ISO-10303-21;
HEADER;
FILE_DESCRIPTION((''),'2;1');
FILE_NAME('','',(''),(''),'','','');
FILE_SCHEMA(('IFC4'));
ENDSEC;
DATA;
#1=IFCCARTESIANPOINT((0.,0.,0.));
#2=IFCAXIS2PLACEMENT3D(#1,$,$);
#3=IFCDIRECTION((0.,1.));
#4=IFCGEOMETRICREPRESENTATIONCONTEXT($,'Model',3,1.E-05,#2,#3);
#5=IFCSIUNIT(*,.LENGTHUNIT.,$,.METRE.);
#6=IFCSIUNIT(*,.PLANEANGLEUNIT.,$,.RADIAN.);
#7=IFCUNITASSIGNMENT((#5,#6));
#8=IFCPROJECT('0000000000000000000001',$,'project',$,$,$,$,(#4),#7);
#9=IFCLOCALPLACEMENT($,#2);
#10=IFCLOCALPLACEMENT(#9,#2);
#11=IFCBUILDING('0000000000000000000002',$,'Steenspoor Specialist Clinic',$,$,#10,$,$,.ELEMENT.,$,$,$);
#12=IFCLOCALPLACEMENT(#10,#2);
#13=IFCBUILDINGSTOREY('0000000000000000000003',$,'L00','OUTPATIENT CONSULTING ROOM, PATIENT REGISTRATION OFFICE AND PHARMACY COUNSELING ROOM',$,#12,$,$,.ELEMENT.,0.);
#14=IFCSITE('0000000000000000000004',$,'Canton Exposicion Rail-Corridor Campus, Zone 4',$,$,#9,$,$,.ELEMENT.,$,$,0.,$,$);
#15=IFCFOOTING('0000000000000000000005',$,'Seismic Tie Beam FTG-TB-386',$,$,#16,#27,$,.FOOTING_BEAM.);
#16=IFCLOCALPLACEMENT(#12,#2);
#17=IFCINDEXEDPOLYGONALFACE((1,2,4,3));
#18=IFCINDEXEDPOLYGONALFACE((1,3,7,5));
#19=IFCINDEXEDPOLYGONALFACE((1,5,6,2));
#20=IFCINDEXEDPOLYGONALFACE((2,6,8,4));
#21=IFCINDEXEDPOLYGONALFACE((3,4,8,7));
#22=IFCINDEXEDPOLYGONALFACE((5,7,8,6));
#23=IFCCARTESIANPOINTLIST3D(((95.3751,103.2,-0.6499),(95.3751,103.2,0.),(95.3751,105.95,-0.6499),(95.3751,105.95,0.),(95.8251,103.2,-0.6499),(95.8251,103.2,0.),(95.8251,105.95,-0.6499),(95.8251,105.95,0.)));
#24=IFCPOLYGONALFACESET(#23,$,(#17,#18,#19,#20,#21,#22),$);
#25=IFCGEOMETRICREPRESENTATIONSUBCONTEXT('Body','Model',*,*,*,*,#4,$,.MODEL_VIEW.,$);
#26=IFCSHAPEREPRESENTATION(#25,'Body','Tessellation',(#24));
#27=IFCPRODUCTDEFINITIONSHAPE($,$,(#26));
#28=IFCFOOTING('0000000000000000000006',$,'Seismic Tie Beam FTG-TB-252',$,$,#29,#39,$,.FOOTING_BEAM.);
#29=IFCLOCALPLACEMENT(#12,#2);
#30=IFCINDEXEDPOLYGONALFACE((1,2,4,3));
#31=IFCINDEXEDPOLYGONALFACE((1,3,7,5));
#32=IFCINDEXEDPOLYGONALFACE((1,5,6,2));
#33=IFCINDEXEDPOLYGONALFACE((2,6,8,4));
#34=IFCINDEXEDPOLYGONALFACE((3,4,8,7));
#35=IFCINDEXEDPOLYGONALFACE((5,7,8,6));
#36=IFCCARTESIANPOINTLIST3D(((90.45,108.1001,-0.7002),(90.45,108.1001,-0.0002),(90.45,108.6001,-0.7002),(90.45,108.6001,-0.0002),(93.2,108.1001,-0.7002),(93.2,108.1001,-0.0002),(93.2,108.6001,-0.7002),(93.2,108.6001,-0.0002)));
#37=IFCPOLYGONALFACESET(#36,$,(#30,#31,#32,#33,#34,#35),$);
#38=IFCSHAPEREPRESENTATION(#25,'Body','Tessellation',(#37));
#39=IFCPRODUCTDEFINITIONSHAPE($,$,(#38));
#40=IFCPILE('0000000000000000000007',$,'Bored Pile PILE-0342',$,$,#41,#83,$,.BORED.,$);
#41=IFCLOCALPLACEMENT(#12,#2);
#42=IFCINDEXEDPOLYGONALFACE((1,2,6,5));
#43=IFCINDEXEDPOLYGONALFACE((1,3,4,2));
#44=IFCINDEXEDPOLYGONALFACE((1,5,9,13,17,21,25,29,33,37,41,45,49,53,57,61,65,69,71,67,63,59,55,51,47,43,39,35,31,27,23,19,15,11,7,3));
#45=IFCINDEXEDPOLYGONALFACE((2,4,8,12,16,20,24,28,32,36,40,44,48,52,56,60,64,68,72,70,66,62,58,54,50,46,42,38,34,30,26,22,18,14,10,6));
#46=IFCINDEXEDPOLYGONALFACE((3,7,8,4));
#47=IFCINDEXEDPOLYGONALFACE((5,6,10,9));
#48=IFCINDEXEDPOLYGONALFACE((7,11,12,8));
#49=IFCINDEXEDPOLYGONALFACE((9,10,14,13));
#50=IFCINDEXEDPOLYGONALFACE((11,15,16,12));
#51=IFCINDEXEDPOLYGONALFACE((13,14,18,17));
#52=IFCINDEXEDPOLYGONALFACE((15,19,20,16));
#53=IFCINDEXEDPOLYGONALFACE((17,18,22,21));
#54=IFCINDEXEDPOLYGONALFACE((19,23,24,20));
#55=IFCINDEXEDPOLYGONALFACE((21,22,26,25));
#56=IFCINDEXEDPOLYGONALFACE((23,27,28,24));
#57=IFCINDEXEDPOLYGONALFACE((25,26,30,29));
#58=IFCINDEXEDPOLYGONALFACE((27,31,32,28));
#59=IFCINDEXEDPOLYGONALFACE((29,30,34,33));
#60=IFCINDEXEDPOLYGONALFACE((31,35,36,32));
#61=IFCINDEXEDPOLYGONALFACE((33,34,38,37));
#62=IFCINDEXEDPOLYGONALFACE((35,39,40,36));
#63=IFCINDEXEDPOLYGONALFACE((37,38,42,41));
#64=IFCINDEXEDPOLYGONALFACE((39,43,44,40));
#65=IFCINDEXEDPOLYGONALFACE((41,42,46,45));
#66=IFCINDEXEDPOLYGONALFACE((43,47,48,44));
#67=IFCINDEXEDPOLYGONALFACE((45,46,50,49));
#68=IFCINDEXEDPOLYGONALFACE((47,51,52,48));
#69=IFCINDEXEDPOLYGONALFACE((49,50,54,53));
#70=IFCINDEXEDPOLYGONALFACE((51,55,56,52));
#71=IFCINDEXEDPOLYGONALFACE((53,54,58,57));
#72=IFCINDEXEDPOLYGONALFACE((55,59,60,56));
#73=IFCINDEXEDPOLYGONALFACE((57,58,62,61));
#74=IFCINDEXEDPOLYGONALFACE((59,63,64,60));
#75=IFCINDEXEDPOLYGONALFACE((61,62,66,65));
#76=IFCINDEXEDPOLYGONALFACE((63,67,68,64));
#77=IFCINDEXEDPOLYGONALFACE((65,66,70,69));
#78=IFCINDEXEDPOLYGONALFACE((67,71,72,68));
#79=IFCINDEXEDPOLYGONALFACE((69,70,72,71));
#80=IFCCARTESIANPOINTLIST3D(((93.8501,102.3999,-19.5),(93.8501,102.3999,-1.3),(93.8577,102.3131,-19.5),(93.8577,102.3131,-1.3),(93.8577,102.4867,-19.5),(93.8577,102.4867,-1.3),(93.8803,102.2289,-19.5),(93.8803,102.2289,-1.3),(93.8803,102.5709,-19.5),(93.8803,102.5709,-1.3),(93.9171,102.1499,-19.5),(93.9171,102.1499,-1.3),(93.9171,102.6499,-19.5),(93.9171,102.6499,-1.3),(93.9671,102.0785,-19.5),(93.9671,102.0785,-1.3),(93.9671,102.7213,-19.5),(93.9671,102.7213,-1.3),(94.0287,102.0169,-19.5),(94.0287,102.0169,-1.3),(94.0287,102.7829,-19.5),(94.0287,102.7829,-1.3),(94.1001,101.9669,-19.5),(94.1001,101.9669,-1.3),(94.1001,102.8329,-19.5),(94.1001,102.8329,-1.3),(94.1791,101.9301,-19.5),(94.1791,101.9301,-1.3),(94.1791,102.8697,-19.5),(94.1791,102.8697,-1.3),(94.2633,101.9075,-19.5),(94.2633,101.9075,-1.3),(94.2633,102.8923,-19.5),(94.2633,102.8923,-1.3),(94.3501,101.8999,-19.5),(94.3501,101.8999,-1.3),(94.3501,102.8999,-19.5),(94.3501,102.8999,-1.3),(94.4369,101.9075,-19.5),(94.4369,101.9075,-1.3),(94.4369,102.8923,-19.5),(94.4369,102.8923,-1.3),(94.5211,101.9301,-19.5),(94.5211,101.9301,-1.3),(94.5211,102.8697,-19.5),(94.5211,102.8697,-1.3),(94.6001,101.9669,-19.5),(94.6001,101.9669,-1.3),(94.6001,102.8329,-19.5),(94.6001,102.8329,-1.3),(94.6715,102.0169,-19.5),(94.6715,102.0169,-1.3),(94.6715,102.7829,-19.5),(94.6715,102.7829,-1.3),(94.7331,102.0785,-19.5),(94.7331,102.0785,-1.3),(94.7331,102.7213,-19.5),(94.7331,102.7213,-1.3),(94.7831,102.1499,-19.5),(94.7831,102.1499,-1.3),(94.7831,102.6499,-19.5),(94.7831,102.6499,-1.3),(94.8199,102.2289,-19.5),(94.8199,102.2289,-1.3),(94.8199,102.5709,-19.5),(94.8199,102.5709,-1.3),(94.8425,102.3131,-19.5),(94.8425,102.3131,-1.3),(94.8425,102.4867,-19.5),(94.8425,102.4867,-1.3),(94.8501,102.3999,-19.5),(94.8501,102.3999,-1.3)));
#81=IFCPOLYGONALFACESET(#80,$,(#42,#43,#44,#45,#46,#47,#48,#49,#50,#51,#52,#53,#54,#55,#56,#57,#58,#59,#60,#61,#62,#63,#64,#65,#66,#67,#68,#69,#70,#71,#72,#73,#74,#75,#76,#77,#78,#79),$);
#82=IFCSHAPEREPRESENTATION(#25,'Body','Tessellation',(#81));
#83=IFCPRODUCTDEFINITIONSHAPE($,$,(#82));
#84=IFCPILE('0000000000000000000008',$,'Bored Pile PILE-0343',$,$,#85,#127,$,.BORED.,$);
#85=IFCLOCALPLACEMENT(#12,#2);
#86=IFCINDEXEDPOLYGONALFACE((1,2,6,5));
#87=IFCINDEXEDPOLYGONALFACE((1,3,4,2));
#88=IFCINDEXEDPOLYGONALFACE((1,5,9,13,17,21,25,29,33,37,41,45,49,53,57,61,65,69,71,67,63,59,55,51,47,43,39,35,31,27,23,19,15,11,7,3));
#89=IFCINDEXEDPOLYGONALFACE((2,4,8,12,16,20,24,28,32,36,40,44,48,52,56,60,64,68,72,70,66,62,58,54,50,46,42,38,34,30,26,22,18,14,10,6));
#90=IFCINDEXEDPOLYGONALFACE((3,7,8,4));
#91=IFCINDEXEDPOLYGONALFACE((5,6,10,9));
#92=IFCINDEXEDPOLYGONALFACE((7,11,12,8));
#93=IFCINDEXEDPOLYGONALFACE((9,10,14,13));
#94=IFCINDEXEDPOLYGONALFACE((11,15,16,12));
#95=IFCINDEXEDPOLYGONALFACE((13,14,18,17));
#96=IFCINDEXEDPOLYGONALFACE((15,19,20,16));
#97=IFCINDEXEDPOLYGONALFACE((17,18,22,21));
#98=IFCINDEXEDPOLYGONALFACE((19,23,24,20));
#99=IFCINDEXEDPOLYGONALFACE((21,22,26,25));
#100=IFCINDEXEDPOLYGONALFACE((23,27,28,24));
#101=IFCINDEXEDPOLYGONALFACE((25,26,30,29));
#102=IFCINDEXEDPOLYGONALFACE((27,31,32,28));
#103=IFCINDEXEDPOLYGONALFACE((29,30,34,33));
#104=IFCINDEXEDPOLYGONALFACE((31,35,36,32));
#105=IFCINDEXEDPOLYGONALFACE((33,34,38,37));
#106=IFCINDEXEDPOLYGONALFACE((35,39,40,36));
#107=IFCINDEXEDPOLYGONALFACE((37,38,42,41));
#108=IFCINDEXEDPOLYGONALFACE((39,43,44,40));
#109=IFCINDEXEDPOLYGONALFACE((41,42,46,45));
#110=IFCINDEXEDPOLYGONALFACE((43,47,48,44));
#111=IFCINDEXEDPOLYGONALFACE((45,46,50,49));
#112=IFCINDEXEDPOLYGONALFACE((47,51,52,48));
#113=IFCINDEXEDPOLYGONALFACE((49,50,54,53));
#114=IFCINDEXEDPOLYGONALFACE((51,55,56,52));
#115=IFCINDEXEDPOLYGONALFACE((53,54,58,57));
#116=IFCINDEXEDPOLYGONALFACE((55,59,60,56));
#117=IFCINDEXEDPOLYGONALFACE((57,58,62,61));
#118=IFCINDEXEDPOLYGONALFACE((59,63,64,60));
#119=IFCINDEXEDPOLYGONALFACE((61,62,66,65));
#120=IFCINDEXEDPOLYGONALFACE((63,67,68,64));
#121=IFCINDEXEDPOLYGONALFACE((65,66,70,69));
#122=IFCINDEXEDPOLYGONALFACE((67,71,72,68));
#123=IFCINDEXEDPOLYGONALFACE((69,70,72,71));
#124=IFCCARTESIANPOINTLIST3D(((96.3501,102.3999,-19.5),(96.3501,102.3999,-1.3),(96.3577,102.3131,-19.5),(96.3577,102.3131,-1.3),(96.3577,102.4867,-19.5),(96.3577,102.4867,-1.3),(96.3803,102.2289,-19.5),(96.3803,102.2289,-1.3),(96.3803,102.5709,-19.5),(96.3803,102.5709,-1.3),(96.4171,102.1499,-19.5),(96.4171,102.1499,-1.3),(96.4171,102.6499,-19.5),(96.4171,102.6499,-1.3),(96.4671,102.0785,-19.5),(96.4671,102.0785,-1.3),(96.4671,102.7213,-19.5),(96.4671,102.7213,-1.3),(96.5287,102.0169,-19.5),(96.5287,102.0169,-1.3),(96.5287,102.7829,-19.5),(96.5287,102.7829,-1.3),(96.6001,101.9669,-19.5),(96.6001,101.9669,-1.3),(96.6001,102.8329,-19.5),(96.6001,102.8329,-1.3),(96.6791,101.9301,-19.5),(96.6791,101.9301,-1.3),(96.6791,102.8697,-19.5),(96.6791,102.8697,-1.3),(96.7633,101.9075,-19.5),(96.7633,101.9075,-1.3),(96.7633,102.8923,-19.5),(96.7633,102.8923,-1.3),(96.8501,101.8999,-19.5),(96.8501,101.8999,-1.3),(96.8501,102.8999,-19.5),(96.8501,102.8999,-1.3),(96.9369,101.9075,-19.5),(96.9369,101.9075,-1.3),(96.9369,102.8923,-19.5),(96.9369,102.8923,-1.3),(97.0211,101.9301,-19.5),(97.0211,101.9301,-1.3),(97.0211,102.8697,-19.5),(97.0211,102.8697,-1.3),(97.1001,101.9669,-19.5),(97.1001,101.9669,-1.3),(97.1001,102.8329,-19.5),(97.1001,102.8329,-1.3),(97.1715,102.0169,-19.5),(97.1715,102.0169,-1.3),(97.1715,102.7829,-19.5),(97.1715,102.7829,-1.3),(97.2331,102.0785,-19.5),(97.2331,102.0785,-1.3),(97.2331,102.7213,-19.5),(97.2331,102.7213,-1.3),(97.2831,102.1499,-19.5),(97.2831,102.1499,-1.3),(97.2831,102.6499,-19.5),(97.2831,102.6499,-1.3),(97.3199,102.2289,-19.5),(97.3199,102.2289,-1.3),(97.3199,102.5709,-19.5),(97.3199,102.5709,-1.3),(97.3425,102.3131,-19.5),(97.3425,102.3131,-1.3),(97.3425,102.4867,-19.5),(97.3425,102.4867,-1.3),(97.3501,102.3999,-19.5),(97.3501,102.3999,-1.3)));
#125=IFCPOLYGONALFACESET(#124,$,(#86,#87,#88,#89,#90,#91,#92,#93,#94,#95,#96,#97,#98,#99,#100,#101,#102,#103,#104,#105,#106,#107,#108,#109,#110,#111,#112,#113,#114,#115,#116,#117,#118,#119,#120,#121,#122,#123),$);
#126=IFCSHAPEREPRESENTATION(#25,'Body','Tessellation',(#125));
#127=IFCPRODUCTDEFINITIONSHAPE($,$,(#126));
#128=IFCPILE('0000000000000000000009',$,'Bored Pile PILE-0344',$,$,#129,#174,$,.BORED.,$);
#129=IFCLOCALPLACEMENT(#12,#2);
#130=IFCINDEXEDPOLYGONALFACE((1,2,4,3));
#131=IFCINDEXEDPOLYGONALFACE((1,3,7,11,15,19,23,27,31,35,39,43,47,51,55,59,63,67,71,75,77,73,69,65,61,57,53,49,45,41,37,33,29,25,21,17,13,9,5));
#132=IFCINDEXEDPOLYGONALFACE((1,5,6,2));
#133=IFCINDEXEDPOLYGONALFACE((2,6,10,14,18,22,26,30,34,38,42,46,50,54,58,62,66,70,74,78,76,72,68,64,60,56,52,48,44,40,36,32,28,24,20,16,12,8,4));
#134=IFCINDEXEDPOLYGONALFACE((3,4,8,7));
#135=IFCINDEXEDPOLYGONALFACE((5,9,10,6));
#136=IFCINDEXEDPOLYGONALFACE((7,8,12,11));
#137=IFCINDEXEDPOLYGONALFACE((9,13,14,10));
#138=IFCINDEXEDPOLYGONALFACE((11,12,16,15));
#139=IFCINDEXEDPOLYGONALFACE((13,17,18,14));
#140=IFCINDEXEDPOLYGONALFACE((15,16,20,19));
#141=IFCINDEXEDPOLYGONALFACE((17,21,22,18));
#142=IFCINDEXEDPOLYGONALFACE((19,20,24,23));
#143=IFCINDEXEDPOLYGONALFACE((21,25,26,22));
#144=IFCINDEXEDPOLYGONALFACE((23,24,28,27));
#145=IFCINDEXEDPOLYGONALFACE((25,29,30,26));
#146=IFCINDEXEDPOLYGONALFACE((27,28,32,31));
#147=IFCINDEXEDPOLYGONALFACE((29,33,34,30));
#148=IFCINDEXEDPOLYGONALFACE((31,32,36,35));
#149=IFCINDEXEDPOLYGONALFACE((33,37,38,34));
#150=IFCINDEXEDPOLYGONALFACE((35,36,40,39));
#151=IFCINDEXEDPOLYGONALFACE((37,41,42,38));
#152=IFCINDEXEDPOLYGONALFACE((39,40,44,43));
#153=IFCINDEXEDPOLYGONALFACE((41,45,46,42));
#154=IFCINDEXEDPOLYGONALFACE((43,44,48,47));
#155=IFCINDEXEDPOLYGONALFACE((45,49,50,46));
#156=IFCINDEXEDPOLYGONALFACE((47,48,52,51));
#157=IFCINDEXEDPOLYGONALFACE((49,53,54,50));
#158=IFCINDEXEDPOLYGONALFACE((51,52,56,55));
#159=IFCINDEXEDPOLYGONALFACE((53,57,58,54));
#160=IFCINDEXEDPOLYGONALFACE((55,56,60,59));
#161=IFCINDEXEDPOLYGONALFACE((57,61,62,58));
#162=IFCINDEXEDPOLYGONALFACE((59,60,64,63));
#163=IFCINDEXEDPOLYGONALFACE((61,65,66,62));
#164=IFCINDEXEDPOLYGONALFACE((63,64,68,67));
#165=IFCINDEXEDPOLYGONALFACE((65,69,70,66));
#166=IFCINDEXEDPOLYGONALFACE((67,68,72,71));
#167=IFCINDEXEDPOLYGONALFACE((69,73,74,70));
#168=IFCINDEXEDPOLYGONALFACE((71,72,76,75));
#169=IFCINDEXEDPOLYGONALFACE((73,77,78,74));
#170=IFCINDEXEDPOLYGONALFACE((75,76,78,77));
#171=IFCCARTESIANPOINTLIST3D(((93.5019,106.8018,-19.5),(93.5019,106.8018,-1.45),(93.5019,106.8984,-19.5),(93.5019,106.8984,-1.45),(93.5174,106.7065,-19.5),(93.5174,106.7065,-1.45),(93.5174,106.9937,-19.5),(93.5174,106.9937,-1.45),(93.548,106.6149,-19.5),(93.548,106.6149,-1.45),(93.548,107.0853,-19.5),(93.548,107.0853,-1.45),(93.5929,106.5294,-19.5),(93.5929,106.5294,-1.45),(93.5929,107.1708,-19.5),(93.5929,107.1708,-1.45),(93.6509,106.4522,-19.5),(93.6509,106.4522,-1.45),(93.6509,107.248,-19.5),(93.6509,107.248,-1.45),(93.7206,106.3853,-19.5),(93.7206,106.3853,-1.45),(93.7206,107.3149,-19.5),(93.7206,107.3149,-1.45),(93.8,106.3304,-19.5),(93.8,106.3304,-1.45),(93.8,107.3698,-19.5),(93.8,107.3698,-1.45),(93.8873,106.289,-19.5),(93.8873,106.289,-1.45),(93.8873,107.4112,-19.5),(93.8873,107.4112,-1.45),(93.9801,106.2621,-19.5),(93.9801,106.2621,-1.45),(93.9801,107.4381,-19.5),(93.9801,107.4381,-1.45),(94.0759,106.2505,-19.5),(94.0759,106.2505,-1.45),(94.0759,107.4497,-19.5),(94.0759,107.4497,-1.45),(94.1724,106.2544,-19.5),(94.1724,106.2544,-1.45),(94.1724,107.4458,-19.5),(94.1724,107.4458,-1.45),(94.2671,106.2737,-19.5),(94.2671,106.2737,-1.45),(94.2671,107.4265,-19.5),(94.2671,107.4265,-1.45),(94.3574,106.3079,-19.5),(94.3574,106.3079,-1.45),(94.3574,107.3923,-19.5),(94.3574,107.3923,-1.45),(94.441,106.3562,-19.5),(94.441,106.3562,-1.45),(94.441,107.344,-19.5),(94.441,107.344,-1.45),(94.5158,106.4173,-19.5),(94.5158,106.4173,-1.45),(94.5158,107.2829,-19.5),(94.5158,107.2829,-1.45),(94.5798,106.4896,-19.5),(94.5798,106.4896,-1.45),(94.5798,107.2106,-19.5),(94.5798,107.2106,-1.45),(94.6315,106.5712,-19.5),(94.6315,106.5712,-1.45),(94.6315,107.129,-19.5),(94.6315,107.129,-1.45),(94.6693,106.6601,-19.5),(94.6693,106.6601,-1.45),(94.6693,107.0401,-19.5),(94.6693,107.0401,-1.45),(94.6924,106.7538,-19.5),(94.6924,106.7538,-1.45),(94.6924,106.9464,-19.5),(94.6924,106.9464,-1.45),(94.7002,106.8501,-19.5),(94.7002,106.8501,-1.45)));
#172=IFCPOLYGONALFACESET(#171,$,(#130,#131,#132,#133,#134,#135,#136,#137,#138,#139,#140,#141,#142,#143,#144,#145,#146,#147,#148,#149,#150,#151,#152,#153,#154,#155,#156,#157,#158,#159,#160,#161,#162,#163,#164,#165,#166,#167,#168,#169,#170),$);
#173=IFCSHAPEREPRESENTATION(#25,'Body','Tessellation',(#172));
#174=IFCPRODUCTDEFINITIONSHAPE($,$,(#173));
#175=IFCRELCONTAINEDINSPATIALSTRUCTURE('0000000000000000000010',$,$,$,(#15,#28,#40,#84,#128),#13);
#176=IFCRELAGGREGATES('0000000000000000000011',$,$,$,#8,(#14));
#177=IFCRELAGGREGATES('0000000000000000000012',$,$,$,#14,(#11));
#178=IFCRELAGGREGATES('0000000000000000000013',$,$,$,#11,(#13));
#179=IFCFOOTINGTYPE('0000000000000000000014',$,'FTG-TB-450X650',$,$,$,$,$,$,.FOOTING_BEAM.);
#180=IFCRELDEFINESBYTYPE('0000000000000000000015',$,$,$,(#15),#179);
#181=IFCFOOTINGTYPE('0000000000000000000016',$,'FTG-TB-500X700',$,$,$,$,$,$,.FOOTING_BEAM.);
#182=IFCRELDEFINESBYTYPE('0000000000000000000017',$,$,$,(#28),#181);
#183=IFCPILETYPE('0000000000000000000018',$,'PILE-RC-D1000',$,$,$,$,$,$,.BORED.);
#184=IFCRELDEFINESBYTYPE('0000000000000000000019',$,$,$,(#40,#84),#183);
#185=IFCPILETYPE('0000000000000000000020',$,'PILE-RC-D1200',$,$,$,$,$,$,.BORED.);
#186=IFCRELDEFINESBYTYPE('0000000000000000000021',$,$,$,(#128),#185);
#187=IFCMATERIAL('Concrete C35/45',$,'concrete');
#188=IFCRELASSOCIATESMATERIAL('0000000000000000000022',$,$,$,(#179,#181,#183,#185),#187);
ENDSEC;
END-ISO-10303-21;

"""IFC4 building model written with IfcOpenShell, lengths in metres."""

from ifc_helpers import new_model, si_unit, direction, frame, origin, origin_2d, place, context, subcontext, project, spatial, rectangle, circle, extrude, material, material_profile, profile_set, type_object, element, save


model = new_model("IFC4")

# Units and contexts
model_context = context("Model", 3, precision=1e-05, world=origin(), true_north=direction((0.0, 1.0)))
body_context = subcontext(model_context, "Body", "Model", "MODEL_VIEW")
ifc_project = project(units=[si_unit("LENGTHUNIT", "METRE"), si_unit("PLANEANGLEUNIT", "RADIAN")], contexts=[model_context])

# Site, building, storey
site_placement = place(None, origin())
site = spatial("IfcSite", under=ifc_project, at=site_placement, Name="Canton Exposicion Rail-Corridor Campus, Zone 4", CompositionType="ELEMENT", RefElevation=0.0)
building_placement = place(site_placement, origin())
building = spatial("IfcBuilding", under=site, at=building_placement, Name="Steenspoor Specialist Clinic", CompositionType="ELEMENT")
storey_placement = place(building_placement, origin())
storey = spatial("IfcBuildingStorey", under=building, at=storey_placement, Name="L00", Description="OUTPATIENT CONSULTING ROOM, PATIENT REGISTRATION OFFICE AND PHARMACY COUNSELING ROOM", CompositionType="ELEMENT", Elevation=0.0)

# Footings
ifc_material_1 = material(Name="Concrete C35/45", Category="concrete")
footing_type_1 = type_object("IfcFootingType", Name="FTG-TB-450X650", PredefinedType="FOOTING_BEAM", material=ifc_material_1)
footing_1_placement = place(storey_placement, frame((95.6001, 104.575, -0.6499), z_axis=(0.0, 0.0, 1.0), x_axis=(1.0, 0.0, 0.0)))
element("IfcFooting", 1, at=footing_1_placement, inside=storey, type_object=footing_type_1, Name="Seismic Tie Beam FTG-TB-386", PredefinedType="FOOTING_BEAM", context=body_context, shape_type="SweptSolid", body=[
    extrude(rectangle(XDim=0.45, YDim=2.75, at=origin_2d()), origin(), (0.0, 0.0, 1.0), 0.6499),
])
footing_type_2 = type_object("IfcFootingType", Name="FTG-TB-500X700", PredefinedType="FOOTING_BEAM", material=ifc_material_1)
footing_2_placement = place(storey_placement, frame((91.825, 108.3501, -0.7002), z_axis=(0.0, 0.0, 1.0), x_axis=(1.0, 0.0, 0.0)))
element("IfcFooting", 2, at=footing_2_placement, inside=storey, type_object=footing_type_2, Name="Seismic Tie Beam FTG-TB-252", PredefinedType="FOOTING_BEAM", context=body_context, shape_type="SweptSolid", body=[
    extrude(rectangle(XDim=2.75, YDim=0.5, at=origin_2d()), origin(), (0.0, 0.0, 1.0), 0.7),
])

# Piles
ifc_material_profile_1 = material_profile(ifc_material_1, circle(Radius=0.5, at=origin_2d()), Name="PILE-D1000")
ifc_profile_set_1 = profile_set([ifc_material_profile_1], Name="Concrete C35/45")
pile_type_1 = type_object("IfcPileType", Name="PILE-RC-D1000", PredefinedType="BORED", material=ifc_profile_set_1)
for number, where, z_axis, x_axis, name in (
    (3, (94.3501, 102.3999, -1.3), (0.0, 0.0, -1.0), (1.0, 0.0, 0.0), "Bored Pile PILE-0342"),
    (4, (96.8501, 102.3999, -1.3), (0.0, 0.0, -1.0), (1.0, 0.0, 0.0), "Bored Pile PILE-0343"),
):
    element("IfcPile", number, at=place(storey_placement, frame(where, z_axis=z_axis, x_axis=x_axis)), inside=storey, type_object=pile_type_1, Name=name, PredefinedType="BORED", context=body_context, shape_type="SweptSolid", body=[
        extrude(circle(Radius=0.5, at=origin_2d()), origin(), (0.0, 0.0, 1.0), 18.2),
    ])
ifc_material_profile_2 = material_profile(ifc_material_1, circle(Radius=0.6001, at=origin_2d()), Name="PILE-D1200")
ifc_profile_set_2 = profile_set([ifc_material_profile_2], Name="Concrete C35/45")
pile_type_2 = type_object("IfcPileType", Name="PILE-RC-D1200", PredefinedType="BORED", material=ifc_profile_set_2)
for number, where, z_axis, x_axis, name in (
    (5, (94.1001, 106.8501, -1.45), (0.0, 0.0, -1.0), (1.0, 0.0, 0.0), "Bored Pile PILE-0344"),
):
    element("IfcPile", number, at=place(storey_placement, frame(where, z_axis=z_axis, x_axis=x_axis)), inside=storey, type_object=pile_type_2, Name=name, PredefinedType="BORED", context=body_context, shape_type="SweptSolid", body=[
        extrude(circle(Radius=0.6001, at=origin_2d()), origin(), (0.0, 0.0, 1.0), 18.05),
    ])

save(model, "model.ifc")
